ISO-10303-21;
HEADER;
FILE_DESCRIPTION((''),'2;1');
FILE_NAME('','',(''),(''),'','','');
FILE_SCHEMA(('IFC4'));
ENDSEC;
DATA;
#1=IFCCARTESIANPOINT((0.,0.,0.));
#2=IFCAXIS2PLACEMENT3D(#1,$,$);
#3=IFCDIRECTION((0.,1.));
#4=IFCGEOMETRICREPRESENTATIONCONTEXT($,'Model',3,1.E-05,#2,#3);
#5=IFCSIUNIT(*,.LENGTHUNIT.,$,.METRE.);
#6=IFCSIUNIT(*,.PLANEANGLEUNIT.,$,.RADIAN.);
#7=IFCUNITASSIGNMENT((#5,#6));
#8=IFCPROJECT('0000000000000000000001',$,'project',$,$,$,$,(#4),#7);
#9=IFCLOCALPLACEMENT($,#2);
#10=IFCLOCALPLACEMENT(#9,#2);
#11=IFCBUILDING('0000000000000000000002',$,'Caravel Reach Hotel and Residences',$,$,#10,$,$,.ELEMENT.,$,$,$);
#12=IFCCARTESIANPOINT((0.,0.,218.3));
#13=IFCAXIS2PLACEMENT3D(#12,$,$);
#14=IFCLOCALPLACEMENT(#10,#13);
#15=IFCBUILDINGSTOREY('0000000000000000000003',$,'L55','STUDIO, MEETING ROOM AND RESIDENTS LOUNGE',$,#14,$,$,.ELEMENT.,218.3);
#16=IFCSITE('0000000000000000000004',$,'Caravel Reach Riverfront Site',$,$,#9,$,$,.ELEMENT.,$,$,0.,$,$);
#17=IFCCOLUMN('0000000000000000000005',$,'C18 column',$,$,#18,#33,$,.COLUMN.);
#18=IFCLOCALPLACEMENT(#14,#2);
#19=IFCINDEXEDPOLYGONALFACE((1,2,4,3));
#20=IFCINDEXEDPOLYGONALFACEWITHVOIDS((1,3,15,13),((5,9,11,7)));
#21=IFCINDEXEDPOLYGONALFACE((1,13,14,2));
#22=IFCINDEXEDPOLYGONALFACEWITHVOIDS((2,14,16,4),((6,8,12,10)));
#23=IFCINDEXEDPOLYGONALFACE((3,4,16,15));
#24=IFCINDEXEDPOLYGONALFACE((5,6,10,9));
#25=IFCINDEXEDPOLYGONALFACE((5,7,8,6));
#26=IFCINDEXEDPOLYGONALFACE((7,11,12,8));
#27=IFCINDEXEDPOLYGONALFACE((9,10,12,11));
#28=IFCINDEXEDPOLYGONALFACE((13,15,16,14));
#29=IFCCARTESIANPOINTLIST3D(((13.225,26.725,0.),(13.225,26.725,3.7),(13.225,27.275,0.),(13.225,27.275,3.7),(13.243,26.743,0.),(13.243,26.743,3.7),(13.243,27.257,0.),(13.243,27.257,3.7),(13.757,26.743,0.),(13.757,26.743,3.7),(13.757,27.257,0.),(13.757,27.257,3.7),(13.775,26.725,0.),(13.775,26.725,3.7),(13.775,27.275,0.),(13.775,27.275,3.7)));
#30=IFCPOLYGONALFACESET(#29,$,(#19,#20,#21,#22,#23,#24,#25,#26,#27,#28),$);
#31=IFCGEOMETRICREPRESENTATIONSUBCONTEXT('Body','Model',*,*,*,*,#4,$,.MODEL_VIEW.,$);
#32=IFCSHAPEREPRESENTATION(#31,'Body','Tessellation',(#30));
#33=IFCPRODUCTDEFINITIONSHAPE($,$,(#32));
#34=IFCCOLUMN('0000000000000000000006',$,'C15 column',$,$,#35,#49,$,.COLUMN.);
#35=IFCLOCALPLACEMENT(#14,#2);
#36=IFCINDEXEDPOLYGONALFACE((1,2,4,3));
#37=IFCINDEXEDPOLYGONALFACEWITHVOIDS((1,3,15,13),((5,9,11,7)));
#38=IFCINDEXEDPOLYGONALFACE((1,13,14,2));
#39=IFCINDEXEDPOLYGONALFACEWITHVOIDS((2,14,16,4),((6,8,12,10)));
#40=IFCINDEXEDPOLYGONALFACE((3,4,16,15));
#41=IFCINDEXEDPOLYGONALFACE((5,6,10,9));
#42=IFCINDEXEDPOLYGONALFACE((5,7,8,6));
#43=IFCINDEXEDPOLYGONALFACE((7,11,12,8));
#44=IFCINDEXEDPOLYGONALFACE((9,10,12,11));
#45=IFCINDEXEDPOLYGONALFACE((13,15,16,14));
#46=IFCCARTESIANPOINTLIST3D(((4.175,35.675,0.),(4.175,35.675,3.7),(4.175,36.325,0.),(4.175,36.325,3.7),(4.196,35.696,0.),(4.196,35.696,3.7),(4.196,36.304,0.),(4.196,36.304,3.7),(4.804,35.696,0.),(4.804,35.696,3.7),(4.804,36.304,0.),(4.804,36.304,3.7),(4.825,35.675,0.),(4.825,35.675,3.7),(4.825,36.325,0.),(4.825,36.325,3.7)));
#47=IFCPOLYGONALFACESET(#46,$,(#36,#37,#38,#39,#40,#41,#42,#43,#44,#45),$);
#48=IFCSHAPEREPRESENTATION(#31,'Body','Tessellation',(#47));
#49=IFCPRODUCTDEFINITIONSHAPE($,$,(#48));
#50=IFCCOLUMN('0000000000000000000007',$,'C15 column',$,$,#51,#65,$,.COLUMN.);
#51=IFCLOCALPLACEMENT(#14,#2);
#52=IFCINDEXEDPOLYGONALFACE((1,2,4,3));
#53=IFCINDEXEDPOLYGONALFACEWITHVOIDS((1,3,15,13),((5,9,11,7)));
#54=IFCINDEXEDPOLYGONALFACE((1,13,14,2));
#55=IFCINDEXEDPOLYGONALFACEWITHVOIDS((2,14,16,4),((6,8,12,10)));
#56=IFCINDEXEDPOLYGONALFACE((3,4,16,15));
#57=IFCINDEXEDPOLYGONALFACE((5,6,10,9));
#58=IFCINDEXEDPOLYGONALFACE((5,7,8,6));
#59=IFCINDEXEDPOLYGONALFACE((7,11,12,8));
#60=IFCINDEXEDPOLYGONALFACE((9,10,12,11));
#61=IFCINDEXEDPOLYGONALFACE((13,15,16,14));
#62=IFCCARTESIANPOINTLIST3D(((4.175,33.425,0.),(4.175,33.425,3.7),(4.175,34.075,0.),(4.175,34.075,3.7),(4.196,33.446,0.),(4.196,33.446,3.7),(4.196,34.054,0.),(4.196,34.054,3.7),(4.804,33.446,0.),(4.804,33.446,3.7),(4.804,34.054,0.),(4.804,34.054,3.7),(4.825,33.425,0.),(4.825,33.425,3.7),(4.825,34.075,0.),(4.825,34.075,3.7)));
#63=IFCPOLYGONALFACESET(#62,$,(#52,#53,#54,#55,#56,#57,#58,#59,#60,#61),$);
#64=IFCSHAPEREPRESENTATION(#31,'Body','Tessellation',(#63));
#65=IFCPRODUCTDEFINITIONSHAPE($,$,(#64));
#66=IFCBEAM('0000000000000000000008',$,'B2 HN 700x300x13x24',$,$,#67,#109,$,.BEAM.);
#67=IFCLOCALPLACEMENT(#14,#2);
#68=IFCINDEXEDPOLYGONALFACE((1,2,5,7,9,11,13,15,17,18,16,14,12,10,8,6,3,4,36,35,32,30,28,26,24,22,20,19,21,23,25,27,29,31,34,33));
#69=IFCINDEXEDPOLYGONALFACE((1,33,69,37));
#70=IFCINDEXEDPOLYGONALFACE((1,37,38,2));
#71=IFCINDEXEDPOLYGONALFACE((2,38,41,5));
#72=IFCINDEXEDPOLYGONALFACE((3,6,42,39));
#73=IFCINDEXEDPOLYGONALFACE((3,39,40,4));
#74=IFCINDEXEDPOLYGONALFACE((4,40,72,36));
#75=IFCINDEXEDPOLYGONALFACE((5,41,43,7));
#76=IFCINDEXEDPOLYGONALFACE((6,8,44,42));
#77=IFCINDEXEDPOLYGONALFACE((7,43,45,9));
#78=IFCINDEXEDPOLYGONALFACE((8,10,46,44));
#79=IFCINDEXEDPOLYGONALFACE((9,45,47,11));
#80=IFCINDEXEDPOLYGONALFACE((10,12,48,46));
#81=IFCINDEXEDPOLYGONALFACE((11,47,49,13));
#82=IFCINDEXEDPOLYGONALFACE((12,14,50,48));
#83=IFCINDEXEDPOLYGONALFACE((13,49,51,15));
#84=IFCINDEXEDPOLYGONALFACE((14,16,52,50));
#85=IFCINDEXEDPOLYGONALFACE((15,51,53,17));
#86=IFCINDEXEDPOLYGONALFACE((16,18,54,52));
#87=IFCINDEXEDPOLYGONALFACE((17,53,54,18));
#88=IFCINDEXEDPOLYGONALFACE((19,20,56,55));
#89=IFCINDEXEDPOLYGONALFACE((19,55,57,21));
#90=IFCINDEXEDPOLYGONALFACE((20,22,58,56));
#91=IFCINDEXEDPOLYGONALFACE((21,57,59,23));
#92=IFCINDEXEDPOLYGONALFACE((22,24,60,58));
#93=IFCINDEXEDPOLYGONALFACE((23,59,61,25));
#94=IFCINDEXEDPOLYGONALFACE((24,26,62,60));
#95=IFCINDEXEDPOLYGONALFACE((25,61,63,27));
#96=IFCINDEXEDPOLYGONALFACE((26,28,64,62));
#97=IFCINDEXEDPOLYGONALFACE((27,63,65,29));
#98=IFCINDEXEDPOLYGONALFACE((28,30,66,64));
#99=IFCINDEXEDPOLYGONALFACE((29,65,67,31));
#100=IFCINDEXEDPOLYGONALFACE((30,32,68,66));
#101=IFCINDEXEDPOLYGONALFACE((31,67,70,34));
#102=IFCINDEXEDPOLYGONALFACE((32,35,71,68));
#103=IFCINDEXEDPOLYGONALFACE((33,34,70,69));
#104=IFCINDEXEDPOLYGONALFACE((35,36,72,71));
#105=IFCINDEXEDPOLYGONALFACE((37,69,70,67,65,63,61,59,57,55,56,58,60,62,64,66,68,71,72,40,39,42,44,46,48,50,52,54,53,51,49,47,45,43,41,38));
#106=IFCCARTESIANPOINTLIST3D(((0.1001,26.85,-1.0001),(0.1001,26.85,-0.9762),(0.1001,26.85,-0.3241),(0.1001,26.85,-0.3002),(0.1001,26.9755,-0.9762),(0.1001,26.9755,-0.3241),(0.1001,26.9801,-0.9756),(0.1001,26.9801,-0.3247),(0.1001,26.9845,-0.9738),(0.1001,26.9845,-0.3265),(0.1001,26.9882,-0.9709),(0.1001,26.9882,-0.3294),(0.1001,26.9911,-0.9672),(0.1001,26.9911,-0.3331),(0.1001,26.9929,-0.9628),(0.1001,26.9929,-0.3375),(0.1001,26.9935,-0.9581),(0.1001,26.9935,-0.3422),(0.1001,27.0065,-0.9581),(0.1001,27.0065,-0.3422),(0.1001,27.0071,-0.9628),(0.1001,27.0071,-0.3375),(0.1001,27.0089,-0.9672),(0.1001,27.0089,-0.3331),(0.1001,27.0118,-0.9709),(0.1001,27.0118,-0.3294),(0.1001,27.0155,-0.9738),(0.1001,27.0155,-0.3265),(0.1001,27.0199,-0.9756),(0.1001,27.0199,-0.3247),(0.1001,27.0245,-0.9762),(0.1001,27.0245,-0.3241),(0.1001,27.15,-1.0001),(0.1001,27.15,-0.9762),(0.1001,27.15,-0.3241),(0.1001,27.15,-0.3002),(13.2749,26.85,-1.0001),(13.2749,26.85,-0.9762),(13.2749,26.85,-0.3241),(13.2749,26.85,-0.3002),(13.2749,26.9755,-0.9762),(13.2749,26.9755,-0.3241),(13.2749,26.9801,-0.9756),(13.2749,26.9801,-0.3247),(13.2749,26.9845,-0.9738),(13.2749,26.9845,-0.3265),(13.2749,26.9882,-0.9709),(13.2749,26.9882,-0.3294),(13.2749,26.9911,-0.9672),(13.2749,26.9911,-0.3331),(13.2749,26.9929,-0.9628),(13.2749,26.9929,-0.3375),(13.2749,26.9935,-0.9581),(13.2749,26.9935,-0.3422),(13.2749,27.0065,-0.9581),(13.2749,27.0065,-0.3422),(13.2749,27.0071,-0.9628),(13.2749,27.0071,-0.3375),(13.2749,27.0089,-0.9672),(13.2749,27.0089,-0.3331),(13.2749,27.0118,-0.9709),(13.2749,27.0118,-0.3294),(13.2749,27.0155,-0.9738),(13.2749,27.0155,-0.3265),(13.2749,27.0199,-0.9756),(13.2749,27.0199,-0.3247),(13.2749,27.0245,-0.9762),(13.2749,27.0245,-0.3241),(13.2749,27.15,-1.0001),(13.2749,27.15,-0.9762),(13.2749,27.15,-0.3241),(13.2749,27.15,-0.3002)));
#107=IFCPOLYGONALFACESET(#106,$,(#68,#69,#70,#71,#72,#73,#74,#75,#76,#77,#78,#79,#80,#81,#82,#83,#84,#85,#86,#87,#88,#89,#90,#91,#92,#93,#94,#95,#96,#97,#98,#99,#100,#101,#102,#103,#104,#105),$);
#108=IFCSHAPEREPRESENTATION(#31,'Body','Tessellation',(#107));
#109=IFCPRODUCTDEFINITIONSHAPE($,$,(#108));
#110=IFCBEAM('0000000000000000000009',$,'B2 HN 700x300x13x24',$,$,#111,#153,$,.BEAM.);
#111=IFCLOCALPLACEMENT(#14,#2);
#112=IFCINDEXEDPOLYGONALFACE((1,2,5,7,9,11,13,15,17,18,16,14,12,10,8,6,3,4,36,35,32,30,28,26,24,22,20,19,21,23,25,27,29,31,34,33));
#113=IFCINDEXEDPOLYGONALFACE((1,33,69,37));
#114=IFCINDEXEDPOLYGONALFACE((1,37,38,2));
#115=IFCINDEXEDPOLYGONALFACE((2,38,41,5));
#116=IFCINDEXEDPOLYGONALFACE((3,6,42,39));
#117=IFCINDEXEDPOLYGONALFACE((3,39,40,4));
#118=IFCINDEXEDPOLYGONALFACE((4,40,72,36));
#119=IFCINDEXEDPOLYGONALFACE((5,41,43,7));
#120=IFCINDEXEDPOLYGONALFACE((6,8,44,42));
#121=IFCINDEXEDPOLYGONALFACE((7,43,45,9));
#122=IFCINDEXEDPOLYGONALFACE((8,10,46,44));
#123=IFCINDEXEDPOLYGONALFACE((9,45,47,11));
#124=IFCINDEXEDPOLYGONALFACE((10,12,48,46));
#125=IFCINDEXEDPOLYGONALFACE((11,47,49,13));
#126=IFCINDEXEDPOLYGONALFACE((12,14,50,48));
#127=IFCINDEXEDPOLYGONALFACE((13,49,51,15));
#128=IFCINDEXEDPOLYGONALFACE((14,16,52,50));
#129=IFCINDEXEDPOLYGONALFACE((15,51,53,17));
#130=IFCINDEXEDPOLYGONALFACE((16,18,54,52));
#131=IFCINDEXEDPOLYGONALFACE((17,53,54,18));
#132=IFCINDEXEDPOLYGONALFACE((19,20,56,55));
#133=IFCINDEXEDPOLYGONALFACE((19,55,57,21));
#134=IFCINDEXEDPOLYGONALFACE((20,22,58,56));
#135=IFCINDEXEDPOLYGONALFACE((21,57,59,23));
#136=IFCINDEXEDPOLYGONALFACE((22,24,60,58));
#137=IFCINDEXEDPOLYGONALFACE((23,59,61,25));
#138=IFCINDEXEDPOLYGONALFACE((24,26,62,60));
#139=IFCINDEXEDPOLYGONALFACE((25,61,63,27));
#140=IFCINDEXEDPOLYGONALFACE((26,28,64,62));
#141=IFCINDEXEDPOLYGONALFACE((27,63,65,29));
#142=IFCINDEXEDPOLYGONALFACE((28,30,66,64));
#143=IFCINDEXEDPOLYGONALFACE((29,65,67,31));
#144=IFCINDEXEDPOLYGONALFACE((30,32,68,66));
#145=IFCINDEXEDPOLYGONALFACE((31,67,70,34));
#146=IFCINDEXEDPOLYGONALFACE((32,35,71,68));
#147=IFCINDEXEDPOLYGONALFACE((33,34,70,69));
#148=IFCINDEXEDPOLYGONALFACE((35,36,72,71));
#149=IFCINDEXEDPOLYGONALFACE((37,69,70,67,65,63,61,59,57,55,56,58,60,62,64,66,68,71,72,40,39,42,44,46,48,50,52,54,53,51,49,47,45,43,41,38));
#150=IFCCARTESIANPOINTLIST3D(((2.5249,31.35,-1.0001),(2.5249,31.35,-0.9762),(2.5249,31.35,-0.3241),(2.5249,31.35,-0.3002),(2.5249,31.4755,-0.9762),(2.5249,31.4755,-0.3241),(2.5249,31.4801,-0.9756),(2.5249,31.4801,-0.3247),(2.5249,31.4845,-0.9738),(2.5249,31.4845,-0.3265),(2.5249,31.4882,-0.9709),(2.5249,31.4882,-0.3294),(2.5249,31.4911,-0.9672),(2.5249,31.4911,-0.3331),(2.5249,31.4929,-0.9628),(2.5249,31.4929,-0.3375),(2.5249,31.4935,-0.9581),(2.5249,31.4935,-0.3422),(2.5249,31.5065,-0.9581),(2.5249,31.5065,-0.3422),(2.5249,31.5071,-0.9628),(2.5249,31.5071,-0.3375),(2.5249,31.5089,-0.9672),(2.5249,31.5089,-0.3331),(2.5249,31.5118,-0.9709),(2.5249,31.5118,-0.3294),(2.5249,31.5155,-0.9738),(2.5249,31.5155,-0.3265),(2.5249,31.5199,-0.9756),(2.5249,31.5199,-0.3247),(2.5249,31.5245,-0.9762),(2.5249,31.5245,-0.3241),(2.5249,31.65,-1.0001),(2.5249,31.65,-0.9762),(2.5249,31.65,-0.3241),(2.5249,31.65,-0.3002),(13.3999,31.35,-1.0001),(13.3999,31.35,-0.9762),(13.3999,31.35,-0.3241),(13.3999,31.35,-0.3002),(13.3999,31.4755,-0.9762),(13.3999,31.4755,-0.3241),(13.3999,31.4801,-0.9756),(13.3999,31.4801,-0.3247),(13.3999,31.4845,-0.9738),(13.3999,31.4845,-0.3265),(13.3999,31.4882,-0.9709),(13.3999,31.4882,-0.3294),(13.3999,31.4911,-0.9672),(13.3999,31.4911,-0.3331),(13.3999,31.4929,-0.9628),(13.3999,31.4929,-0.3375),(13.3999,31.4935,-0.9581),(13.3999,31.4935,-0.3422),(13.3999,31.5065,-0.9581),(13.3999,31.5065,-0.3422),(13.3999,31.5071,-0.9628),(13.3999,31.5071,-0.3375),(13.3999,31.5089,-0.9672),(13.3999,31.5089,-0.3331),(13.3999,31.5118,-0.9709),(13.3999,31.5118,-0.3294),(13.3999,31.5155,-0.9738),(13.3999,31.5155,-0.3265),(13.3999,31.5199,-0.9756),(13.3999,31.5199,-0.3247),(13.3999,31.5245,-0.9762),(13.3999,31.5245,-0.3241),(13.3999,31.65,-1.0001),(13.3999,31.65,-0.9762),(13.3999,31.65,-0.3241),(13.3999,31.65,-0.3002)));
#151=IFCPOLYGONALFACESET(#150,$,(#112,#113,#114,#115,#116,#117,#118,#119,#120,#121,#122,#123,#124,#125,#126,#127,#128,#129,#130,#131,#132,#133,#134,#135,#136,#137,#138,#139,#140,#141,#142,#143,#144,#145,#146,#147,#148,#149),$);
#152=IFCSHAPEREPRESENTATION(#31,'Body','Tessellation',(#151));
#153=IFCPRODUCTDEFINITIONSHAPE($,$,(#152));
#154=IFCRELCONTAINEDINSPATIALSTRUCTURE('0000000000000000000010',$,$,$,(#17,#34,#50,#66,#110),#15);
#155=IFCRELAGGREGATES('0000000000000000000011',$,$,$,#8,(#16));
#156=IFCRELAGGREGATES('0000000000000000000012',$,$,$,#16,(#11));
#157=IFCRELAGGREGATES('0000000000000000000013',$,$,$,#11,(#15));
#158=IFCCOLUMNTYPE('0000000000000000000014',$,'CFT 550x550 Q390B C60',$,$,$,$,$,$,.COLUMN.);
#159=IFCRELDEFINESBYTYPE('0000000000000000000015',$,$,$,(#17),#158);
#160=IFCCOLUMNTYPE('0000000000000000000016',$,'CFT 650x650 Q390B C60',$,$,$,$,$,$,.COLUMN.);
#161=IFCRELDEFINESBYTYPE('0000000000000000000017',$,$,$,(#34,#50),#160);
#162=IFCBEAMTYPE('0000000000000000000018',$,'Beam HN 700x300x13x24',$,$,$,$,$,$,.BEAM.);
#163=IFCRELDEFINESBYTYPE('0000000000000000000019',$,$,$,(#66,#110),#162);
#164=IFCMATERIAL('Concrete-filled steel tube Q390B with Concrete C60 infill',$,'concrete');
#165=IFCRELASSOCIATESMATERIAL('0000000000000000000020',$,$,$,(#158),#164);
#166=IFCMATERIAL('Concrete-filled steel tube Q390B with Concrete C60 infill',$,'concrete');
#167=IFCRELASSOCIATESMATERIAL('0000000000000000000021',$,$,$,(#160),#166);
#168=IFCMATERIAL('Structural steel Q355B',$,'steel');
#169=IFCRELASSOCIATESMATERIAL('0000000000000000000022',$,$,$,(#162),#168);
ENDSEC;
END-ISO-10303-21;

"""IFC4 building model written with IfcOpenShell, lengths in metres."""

from ifc_helpers import new_model, si_unit, direction, frame, origin, origin_2d, place, context, subcontext, project, spatial, hollow_rectangle, i_section, extrude, material, material_profile, profile_set, type_object, element, save


model = new_model("IFC4")

# Units and contexts
model_context = context("Model", 3, precision=1e-05, world=origin(), true_north=direction((0.0, 1.0)))
body_context = subcontext(model_context, "Body", "Model", "MODEL_VIEW")
ifc_project = project(units=[si_unit("LENGTHUNIT", "METRE"), si_unit("PLANEANGLEUNIT", "RADIAN")], contexts=[model_context])

# Site, building, storey
site_placement = place(None, origin())
site = spatial("IfcSite", under=ifc_project, at=site_placement, Name="Caravel Reach Riverfront Site", CompositionType="ELEMENT", RefElevation=0.0)
building_placement = place(site_placement, origin())
building = spatial("IfcBuilding", under=site, at=building_placement, Name="Caravel Reach Hotel and Residences", CompositionType="ELEMENT")
storey_placement = place(building_placement, frame((0.0, 0.0, 218.3)))
storey = spatial("IfcBuildingStorey", under=building, at=storey_placement, Name="L55", Description="STUDIO, MEETING ROOM AND RESIDENTS LOUNGE", CompositionType="ELEMENT", Elevation=218.3)

# Columns
ifc_material_1 = material(Name="Concrete-filled steel tube Q390B with Concrete C60 infill", Category="concrete")
ifc_material_profile_1 = material_profile(ifc_material_1, hollow_rectangle(XDim=0.55, YDim=0.55, WallThickness=0.0181, at=origin_2d()), Name="RHS 550x550x18")
ifc_profile_set_1 = profile_set([ifc_material_profile_1], Name="Concrete-filled steel tube Q390B with Concrete C60 infill")
column_type_1 = type_object("IfcColumnType", Name="CFT 550x550 Q390B C60", PredefinedType="COLUMN", material=ifc_profile_set_1)
column_placement = place(storey_placement, frame((13.5, 27.0, 0.0), z_axis=(0.0, 0.0, 1.0), x_axis=(1.0, 0.0, 0.0)))
element("IfcColumn", 1, at=column_placement, inside=storey, type_object=column_type_1, Name="C18 column", PredefinedType="COLUMN", context=body_context, shape_type="SweptSolid", body=[
    extrude(hollow_rectangle(XDim=0.55, YDim=0.55, WallThickness=0.0181, at=origin_2d()), origin(), (0.0, 0.0, 1.0), 3.7),
])
ifc_material_2 = material(Name="Concrete-filled steel tube Q390B with Concrete C60 infill", Category="concrete")
ifc_material_profile_2 = material_profile(ifc_material_2, hollow_rectangle(XDim=0.6499, YDim=0.6499, WallThickness=0.021, at=origin_2d()), Name="RHS 650x650x21")
ifc_profile_set_2 = profile_set([ifc_material_profile_2], Name="Concrete-filled steel tube Q390B with Concrete C60 infill")
column_type_2 = type_object("IfcColumnType", Name="CFT 650x650 Q390B C60", PredefinedType="COLUMN", material=ifc_profile_set_2)
for number, where, z_axis, x_axis, name in (
    (2, (4.5, 36.0, 0.0), (0.0, 0.0, 1.0), (1.0, 0.0, 0.0), "C15 column"),
    (3, (4.5, 33.75, 0.0), (0.0, 0.0, 1.0), (1.0, 0.0, 0.0), "C15 column"),
):
    element("IfcColumn", number, at=place(storey_placement, frame(where, z_axis=z_axis, x_axis=x_axis)), inside=storey, type_object=column_type_2, Name=name, PredefinedType="COLUMN", context=body_context, shape_type="SweptSolid", body=[
        extrude(hollow_rectangle(XDim=0.6499, YDim=0.6499, WallThickness=0.021, at=origin_2d()), origin(), (0.0, 0.0, 1.0), 3.7),
    ])

# Beams
ifc_material_3 = material(Name="Structural steel Q355B", Category="steel")
ifc_material_profile_3 = material_profile(ifc_material_3, i_section(OverallWidth=0.3, OverallDepth=0.7, WebThickness=0.0129, FlangeThickness=0.0239, FilletRadius=0.0181, at=origin_2d()), Name="HN 700x300x13x24")
ifc_profile_set_3 = profile_set([ifc_material_profile_3], Name="Structural steel Q355B")
beam_type_1 = type_object("IfcBeamType", Name="Beam HN 700x300x13x24", PredefinedType="BEAM", material=ifc_profile_set_3)
beam_1_placement = place(storey_placement, frame((13.2749, 27.0, -0.6501), z_axis=(-1.0, 0.0, 0.0), x_axis=(0.0, -1.0, 0.0)))
element("IfcBeam", 4, at=beam_1_placement, inside=storey, type_object=beam_type_1, Name="B2 HN 700x300x13x24", PredefinedType="BEAM", context=body_context, shape_type="SweptSolid", body=[
    extrude(i_section(OverallWidth=0.3, OverallDepth=0.7, WebThickness=0.0129, FlangeThickness=0.0239, FilletRadius=0.0181, at=origin_2d()), origin(), (0.0, 0.0, 1.0), 13.1748),
])
beam_2_placement = place(storey_placement, frame((13.3999, 31.5, -0.6501), z_axis=(-1.0, 0.0, 0.0), x_axis=(0.0, -1.0, 0.0)))
element("IfcBeam", 5, at=beam_2_placement, inside=storey, type_object=beam_type_1, Name="B2 HN 700x300x13x24", PredefinedType="BEAM", context=body_context, shape_type="SweptSolid", body=[
    extrude(i_section(OverallWidth=0.3, OverallDepth=0.7, WebThickness=0.0129, FlangeThickness=0.0239, FilletRadius=0.0181, at=origin_2d()), origin(), (0.0, 0.0, 1.0), 10.875),
])

save(model, "model.ifc")
